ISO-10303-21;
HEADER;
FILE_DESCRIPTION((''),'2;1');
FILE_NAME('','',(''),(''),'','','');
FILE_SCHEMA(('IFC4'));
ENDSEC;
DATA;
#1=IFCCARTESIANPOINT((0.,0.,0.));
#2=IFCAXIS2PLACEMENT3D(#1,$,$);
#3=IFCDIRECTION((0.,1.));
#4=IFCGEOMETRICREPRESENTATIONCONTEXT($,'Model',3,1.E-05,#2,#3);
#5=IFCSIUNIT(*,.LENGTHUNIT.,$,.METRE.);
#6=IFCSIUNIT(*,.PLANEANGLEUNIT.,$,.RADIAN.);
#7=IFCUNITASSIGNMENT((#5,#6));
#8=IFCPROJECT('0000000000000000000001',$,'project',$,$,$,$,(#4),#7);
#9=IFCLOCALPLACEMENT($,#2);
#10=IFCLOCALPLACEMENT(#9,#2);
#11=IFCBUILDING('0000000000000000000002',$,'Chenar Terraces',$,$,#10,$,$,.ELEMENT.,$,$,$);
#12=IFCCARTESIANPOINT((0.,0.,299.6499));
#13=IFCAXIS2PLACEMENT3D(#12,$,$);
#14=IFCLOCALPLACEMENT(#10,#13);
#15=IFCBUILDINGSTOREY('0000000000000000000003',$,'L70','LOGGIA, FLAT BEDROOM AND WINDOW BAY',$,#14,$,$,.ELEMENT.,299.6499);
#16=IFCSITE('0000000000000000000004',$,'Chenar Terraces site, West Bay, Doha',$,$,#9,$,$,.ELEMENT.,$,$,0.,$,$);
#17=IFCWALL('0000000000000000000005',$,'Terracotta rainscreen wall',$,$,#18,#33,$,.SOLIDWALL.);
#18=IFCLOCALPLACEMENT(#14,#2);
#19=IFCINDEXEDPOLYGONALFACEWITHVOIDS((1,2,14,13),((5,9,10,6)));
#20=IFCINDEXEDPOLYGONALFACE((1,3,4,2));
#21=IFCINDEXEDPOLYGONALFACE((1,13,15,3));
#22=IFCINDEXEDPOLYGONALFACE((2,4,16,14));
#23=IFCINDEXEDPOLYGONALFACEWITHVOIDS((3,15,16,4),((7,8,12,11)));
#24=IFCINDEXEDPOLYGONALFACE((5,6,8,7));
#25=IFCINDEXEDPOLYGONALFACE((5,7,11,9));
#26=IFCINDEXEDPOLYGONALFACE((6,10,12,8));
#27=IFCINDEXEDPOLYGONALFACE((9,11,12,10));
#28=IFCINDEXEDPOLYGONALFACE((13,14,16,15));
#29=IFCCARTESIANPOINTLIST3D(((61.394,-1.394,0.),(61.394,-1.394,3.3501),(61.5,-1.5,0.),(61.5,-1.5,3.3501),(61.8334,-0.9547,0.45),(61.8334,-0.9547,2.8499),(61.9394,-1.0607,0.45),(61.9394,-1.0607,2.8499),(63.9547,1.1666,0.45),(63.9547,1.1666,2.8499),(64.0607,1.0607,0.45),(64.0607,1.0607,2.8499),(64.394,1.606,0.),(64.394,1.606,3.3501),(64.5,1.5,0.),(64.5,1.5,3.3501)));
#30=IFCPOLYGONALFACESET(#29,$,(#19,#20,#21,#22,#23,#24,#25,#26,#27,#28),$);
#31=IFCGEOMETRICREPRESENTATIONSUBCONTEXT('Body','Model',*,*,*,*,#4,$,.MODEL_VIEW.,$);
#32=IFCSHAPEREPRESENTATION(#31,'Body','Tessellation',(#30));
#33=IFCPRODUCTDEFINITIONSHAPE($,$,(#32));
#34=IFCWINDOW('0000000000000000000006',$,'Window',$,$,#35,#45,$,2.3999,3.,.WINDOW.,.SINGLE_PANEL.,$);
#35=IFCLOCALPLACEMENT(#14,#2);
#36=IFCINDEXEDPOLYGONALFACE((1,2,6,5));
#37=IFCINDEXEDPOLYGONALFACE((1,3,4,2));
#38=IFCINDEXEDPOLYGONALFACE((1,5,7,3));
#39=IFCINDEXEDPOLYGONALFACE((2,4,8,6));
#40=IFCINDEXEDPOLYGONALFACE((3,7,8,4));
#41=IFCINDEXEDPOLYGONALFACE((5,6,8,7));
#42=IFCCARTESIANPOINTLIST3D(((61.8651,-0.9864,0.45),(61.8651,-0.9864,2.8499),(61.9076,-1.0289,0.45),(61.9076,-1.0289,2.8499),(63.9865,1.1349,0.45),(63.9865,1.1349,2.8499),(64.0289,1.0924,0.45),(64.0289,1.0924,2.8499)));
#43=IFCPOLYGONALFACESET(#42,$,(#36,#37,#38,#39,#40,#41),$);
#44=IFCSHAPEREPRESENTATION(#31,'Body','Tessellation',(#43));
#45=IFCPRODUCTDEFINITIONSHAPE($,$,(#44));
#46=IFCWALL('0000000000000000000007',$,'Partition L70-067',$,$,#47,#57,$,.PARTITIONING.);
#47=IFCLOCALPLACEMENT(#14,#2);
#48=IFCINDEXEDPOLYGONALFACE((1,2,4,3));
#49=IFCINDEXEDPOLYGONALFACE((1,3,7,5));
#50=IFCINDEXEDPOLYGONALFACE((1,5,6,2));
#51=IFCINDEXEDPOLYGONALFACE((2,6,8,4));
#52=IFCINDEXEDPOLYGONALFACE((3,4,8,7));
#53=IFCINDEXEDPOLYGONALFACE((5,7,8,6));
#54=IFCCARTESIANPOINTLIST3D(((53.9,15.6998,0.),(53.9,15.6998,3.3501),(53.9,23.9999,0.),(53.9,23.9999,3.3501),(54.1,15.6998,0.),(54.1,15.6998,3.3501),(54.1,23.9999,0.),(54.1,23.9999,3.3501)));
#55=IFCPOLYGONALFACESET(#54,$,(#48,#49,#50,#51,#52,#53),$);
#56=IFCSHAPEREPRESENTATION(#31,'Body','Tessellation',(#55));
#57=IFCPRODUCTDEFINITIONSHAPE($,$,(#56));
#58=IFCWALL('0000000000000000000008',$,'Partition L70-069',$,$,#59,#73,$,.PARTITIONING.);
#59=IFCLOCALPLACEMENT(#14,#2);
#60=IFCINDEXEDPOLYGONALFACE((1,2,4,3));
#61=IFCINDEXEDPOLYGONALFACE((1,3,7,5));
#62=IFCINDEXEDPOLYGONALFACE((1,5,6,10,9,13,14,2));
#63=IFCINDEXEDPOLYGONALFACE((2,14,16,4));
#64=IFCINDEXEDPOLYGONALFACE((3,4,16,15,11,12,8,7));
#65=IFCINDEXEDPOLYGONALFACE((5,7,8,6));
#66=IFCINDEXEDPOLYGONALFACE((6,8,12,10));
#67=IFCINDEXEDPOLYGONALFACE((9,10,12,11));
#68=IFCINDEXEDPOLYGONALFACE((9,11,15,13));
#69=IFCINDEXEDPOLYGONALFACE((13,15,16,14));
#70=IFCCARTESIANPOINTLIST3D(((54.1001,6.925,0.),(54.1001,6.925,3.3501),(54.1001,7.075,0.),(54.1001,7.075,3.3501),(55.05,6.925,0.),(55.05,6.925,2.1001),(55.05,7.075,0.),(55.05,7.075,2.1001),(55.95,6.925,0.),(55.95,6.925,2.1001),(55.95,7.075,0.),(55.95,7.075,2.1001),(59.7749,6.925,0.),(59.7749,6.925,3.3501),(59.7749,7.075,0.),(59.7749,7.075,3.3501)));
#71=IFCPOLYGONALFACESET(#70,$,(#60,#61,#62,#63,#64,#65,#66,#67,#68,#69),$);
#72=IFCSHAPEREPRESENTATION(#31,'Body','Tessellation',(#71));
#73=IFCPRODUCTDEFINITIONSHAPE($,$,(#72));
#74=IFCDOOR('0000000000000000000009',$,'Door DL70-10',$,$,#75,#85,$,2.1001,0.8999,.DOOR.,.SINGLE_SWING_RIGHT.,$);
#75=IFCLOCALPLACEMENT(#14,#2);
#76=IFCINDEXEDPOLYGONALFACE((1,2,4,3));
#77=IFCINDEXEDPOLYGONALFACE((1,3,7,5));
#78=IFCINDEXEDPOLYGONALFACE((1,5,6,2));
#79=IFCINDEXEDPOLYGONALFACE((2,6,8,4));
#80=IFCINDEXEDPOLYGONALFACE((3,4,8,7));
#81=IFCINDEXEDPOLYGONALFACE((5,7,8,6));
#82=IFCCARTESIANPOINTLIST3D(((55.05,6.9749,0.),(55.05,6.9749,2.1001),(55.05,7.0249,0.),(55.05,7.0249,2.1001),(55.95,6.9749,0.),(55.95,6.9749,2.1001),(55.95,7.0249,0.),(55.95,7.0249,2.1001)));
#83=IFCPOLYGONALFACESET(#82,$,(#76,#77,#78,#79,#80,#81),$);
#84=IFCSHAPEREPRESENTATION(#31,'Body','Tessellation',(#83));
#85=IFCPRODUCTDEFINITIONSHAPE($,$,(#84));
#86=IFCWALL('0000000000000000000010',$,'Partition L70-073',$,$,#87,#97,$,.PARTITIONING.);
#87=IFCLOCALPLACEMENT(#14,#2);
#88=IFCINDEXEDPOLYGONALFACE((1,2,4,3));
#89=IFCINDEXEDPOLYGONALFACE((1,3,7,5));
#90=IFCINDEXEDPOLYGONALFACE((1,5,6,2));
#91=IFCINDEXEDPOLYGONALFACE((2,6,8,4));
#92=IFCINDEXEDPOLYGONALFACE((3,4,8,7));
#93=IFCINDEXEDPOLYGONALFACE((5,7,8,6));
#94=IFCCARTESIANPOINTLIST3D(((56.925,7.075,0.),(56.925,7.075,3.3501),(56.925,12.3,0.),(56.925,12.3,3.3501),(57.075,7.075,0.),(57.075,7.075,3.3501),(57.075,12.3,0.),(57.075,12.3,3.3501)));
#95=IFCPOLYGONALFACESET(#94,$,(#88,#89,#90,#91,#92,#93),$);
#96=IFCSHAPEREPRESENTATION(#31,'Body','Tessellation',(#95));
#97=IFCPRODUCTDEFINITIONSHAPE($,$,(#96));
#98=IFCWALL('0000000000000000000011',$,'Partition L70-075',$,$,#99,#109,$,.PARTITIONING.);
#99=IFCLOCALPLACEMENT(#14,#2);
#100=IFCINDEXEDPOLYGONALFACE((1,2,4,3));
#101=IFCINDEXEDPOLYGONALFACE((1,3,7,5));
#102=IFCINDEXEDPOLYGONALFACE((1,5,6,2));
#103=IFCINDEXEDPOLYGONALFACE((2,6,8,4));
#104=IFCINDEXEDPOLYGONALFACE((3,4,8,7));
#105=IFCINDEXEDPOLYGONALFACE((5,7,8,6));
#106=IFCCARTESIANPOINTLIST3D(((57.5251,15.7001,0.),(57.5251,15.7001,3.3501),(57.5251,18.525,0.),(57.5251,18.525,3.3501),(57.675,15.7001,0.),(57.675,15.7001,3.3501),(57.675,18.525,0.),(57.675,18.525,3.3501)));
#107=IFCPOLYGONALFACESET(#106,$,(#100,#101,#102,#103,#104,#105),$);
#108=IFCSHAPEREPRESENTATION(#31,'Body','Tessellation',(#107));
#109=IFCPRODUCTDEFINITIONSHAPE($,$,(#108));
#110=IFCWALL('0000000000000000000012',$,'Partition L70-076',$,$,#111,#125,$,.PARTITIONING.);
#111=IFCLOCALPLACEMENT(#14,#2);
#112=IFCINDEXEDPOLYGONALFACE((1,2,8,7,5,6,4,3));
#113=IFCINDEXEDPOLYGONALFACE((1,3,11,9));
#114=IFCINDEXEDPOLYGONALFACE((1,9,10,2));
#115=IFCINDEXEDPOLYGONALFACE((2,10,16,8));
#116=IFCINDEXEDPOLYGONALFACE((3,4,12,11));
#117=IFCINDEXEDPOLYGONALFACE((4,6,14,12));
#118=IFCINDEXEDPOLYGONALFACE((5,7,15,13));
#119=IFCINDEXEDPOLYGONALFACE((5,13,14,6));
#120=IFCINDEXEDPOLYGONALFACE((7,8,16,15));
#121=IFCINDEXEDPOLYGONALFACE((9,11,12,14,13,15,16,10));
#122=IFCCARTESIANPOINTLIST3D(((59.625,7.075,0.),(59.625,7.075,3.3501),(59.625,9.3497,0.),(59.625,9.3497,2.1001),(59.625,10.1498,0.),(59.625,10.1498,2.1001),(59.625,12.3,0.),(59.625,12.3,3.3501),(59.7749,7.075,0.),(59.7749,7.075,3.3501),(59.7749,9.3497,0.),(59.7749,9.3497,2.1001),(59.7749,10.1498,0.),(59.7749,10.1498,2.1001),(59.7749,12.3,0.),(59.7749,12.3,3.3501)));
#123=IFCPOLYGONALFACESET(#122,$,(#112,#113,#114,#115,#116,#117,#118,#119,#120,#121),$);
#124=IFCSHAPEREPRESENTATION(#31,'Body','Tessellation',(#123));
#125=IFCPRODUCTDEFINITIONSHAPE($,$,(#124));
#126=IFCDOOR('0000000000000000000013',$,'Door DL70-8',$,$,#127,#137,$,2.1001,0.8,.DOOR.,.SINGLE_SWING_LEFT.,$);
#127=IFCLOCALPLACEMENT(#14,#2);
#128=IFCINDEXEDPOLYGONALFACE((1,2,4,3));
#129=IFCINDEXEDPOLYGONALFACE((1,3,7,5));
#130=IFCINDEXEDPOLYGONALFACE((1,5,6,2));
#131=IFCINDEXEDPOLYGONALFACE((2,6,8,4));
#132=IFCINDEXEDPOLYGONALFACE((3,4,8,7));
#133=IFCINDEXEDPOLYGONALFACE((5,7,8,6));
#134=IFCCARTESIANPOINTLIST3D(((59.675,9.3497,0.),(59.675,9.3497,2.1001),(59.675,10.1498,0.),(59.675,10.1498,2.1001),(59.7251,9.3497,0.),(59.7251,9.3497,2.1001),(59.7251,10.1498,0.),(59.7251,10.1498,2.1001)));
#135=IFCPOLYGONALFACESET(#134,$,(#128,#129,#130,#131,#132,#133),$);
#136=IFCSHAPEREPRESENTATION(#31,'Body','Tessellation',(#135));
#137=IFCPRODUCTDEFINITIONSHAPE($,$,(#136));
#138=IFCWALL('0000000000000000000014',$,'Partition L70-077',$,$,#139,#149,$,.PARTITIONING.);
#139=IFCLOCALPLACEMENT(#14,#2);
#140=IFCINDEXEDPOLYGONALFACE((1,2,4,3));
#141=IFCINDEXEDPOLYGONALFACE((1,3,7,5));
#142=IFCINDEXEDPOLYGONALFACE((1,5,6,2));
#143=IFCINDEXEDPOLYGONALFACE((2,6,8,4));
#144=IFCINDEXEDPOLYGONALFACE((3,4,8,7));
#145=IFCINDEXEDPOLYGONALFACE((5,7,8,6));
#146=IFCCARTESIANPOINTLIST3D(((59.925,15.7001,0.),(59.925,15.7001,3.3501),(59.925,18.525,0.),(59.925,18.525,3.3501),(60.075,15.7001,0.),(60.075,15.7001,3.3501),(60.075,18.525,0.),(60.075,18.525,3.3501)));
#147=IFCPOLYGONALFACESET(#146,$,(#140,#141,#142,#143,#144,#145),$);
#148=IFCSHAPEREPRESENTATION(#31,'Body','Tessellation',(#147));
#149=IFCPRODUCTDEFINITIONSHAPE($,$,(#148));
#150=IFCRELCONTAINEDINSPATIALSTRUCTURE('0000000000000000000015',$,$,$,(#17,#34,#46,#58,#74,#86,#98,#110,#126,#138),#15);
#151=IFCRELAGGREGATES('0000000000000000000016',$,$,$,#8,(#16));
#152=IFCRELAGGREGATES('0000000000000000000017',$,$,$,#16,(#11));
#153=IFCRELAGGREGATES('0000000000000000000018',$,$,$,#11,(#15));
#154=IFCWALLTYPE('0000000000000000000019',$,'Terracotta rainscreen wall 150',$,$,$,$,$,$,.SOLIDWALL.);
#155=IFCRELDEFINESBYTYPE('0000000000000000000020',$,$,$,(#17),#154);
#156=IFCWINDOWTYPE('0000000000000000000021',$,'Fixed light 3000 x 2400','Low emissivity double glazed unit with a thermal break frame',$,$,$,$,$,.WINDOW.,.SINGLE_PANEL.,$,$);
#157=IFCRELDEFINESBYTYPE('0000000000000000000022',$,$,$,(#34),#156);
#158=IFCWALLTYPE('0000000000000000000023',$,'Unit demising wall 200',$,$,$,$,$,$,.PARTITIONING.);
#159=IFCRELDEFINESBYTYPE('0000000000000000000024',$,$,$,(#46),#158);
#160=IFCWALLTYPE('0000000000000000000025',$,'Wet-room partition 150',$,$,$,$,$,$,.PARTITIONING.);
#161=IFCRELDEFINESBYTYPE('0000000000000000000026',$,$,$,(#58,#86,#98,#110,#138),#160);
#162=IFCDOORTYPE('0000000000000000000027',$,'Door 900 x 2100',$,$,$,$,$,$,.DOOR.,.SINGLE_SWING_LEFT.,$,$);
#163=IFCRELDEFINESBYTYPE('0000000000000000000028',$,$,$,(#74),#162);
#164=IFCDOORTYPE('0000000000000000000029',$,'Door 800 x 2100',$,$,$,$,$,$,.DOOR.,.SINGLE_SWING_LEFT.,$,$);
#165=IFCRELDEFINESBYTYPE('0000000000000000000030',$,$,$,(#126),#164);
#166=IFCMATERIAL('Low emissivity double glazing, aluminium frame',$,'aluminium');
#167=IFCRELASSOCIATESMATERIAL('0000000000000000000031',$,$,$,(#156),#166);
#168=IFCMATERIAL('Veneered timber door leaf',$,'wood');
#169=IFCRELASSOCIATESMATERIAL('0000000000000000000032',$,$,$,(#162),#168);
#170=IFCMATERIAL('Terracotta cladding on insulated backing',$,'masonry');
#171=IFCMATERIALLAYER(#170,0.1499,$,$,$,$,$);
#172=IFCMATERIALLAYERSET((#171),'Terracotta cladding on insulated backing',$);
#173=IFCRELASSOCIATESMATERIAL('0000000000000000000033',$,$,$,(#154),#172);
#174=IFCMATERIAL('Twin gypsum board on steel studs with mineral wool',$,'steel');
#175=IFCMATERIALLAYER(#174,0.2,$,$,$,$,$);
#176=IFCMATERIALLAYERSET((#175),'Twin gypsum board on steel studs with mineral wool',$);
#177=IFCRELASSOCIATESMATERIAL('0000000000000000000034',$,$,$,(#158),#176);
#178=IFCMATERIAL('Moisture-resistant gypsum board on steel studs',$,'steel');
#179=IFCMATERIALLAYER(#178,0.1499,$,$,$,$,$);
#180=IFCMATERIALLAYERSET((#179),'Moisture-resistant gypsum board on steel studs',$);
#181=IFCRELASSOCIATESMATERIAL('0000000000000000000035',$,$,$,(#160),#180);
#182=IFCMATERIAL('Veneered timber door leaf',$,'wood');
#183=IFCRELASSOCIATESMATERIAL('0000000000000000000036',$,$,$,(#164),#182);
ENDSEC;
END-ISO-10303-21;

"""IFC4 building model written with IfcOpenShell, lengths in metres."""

from ifc_helpers import new_model, si_unit, direction, frame, frame_2d, origin, place, context, subcontext, project, spatial, rectangle, extrude, material, layer, layer_set, type_object, element, fill, save


model = new_model("IFC4")

# Units and contexts
model_context = context("Model", 3, precision=1e-05, world=origin(), true_north=direction((0.0, 1.0)))
body_context = subcontext(model_context, "Body", "Model", "MODEL_VIEW")
ifc_project = project(units=[si_unit("LENGTHUNIT", "METRE"), si_unit("PLANEANGLEUNIT", "RADIAN")], contexts=[model_context])

# Site, building, storey
site_placement = place(None, origin())
site = spatial("IfcSite", under=ifc_project, at=site_placement, Name="Chenar Terraces site, West Bay, Doha", CompositionType="ELEMENT", RefElevation=0.0)
building_placement = place(site_placement, origin())
building = spatial("IfcBuilding", under=site, at=building_placement, Name="Chenar Terraces", CompositionType="ELEMENT")
storey_placement = place(building_placement, frame((0.0, 0.0, 299.6499)))
storey = spatial("IfcBuildingStorey", under=building, at=storey_placement, Name="L70", Description="LOGGIA, FLAT BEDROOM AND WINDOW BAY", CompositionType="ELEMENT", Elevation=299.6499)

# Shared definitions
ifc_material_1 = material(Name="Low emissivity double glazing, aluminium frame", Category="aluminium")
window_type = type_object("IfcWindowType", Name="Fixed light 3000 x 2400", Description="Low emissivity double glazed unit with a thermal break frame", PartitioningType="SINGLE_PANEL", PredefinedType="WINDOW", material=ifc_material_1)

# Shared definitions
ifc_material_2 = material(Name="Veneered timber door leaf", Category="wood")
door_type_1 = type_object("IfcDoorType", Name="Door 900 x 2100", OperationType="SINGLE_SWING_LEFT", PredefinedType="DOOR", material=ifc_material_2)

# Wall, opening, window
ifc_material_3 = material(Name="Terracotta cladding on insulated backing", Category="masonry")
ifc_layer_1 = layer(ifc_material_3, 0.1499)
ifc_layer_set_1 = layer_set([ifc_layer_1], Name="Terracotta cladding on insulated backing")
wall_type_1 = type_object("IfcWallType", Name="Terracotta rainscreen wall 150", PredefinedType="SOLIDWALL", material=ifc_layer_set_1)
wall_1_placement = place(storey_placement, frame((61.447, -1.447, 0.0), z_axis=(0.0, 0.0, 1.0), x_axis=(0.707107, 0.707107, 0.0)))
wall_1 = element("IfcWall", 1, at=wall_1_placement, inside=storey, type_object=wall_type_1, Name="Terracotta rainscreen wall", PredefinedType="SOLIDWALL", context=body_context, shape_type="SweptSolid", body=[
    extrude(rectangle(XDim=4.2427, YDim=0.1499, at=frame_2d((2.1213, 0.0))), origin(), (0.0, 0.0, 1.0), 3.3501),
])
opening_1_placement = place(wall_1_placement, frame((0.6213, 0.0, 0.45)))
opening_1 = element("IfcOpeningElement", 2, at=opening_1_placement, cuts=wall_1, PredefinedType="OPENING", context=body_context, shape_type="SweptSolid", body=[
    extrude(rectangle(XDim=3.0, YDim=2.3999, at=frame_2d((1.5, 1.2))), frame((0.0, 0.085, 0.0), z_axis=(0.0, -1.0, 0.0), x_axis=(1.0, 0.0, 0.0)), (0.0, 0.0, 1.0), 0.1699),
])
window_1_placement = place(opening_1_placement, origin())
window_1 = element("IfcWindow", 3, at=window_1_placement, inside=storey, type_object=window_type, Name="Window", OverallHeight=2.3999, OverallWidth=3.0, PartitioningType="SINGLE_PANEL", PredefinedType="WINDOW", context=body_context, shape_type="SweptSolid", body=[
    extrude(rectangle(XDim=3.0, YDim=2.3999, at=frame_2d((1.5, 1.2))), frame((0.0, 0.03, 0.0), z_axis=(0.0, -1.0, 0.0), x_axis=(1.0, 0.0, 0.0)), (0.0, 0.0, 1.0), 0.0601),
])
fill(opening_1, window_1)

# Wall
ifc_material_4 = material(Name="Twin gypsum board on steel studs with mineral wool", Category="steel")
ifc_layer_2 = layer(ifc_material_4, 0.2)
ifc_layer_set_2 = layer_set([ifc_layer_2], Name="Twin gypsum board on steel studs with mineral wool")
wall_type_2 = type_object("IfcWallType", Name="Unit demising wall 200", PredefinedType="PARTITIONING", material=ifc_layer_set_2)
wall_2_placement = place(storey_placement, frame((54.0, 15.7, 0.0), z_axis=(0.0, 0.0, 1.0), x_axis=(0.0, 1.0, 0.0)))
element("IfcWall", 4, at=wall_2_placement, inside=storey, type_object=wall_type_2, Name="Partition L70-067", PredefinedType="PARTITIONING", context=body_context, shape_type="SweptSolid", body=[
    extrude(rectangle(XDim=8.3, YDim=0.2, at=frame_2d((4.1499, 0.0))), origin(), (0.0, 0.0, 1.0), 3.3501),
])

# Wall, opening, door
ifc_material_5 = material(Name="Moisture-resistant gypsum board on steel studs", Category="steel")
ifc_layer_3 = layer(ifc_material_5, 0.1499)
ifc_layer_set_3 = layer_set([ifc_layer_3], Name="Moisture-resistant gypsum board on steel studs")
wall_type_3 = type_object("IfcWallType", Name="Wet-room partition 150", PredefinedType="PARTITIONING", material=ifc_layer_set_3)
wall_3_placement = place(storey_placement, frame((54.1001, 7.0, 0.0), z_axis=(0.0, 0.0, 1.0), x_axis=(1.0, 0.0, 0.0)))
wall_3 = element("IfcWall", 5, at=wall_3_placement, inside=storey, type_object=wall_type_3, Name="Partition L70-069", PredefinedType="PARTITIONING", context=body_context, shape_type="SweptSolid", body=[
    extrude(rectangle(XDim=5.6748, YDim=0.1499, at=frame_2d((2.8374, 0.0))), origin(), (0.0, 0.0, 1.0), 3.3501),
])
opening_2_placement = place(wall_3_placement, frame((0.95, 0.0, 0.0)))
opening_2 = element("IfcOpeningElement", 6, at=opening_2_placement, cuts=wall_3, PredefinedType="OPENING", context=body_context, shape_type="SweptSolid", body=[
    extrude(rectangle(XDim=0.8999, YDim=2.1001, at=frame_2d((0.45, 1.05))), frame((0.0, 0.085, 0.0), z_axis=(0.0, -1.0, 0.0), x_axis=(1.0, 0.0, 0.0)), (0.0, 0.0, 1.0), 0.1699),
])
door_1_placement = place(opening_2_placement, origin())
door_1 = element("IfcDoor", 7, at=door_1_placement, inside=storey, type_object=door_type_1, Name="Door DL70-10", OperationType="SINGLE_SWING_RIGHT", OverallHeight=2.1001, OverallWidth=0.8999, PredefinedType="DOOR", context=body_context, shape_type="SweptSolid", body=[
    extrude(rectangle(XDim=0.8999, YDim=2.1001, at=frame_2d((0.45, 1.05))), frame((0.0, 0.0249, 0.0), z_axis=(0.0, -1.0, 0.0), x_axis=(1.0, 0.0, 0.0)), (0.0, 0.0, 1.0), 0.05),
])
fill(opening_2, door_1)

# Walls
wall_4_placement = place(storey_placement, frame((57.0, 7.075, 0.0), z_axis=(0.0, 0.0, 1.0), x_axis=(0.0, 1.0, 0.0)))
element("IfcWall", 8, at=wall_4_placement, inside=storey, type_object=wall_type_3, Name="Partition L70-073", PredefinedType="PARTITIONING", context=body_context, shape_type="SweptSolid", body=[
    extrude(rectangle(XDim=5.2251, YDim=0.1499, at=frame_2d((2.6125, 0.0))), origin(), (0.0, 0.0, 1.0), 3.3501),
])
wall_5_placement = place(storey_placement, frame((57.6001, 15.7, 0.0), z_axis=(0.0, 0.0, 1.0), x_axis=(0.0, 1.0, 0.0)))
element("IfcWall", 9, at=wall_5_placement, inside=storey, type_object=wall_type_3, Name="Partition L70-075", PredefinedType="PARTITIONING", context=body_context, shape_type="SweptSolid", body=[
    extrude(rectangle(XDim=2.825, YDim=0.1499, at=frame_2d((1.4126, 0.0))), origin(), (0.0, 0.0, 1.0), 3.3501),
])

# Wall, opening, door
wall_6_placement = place(storey_placement, frame((59.7, 7.075, 0.0), z_axis=(0.0, 0.0, 1.0), x_axis=(0.0, 1.0, 0.0)))
wall_6 = element("IfcWall", 10, at=wall_6_placement, inside=storey, type_object=wall_type_3, Name="Partition L70-076", PredefinedType="PARTITIONING", context=body_context, shape_type="SweptSolid", body=[
    extrude(rectangle(XDim=5.2251, YDim=0.1499, at=frame_2d((2.6125, 0.0))), origin(), (0.0, 0.0, 1.0), 3.3501),
])
opening_3_placement = place(wall_6_placement, frame((2.2749, 0.0, 0.0)))
opening_3 = element("IfcOpeningElement", 11, at=opening_3_placement, cuts=wall_6, PredefinedType="OPENING", context=body_context, shape_type="SweptSolid", body=[
    extrude(rectangle(XDim=0.8, YDim=2.1001, at=frame_2d((0.3999, 1.05))), frame((0.0, 0.085, 0.0), z_axis=(0.0, -1.0, 0.0), x_axis=(1.0, 0.0, 0.0)), (0.0, 0.0, 1.0), 0.1699),
])
ifc_material_6 = material(Name="Veneered timber door leaf", Category="wood")
door_type_2 = type_object("IfcDoorType", Name="Door 800 x 2100", OperationType="SINGLE_SWING_LEFT", PredefinedType="DOOR", material=ifc_material_6)
door_2_placement = place(opening_3_placement, origin())
door_2 = element("IfcDoor", 12, at=door_2_placement, inside=storey, type_object=door_type_2, Name="Door DL70-8", OperationType="SINGLE_SWING_LEFT", OverallHeight=2.1001, OverallWidth=0.8, PredefinedType="DOOR", context=body_context, shape_type="SweptSolid", body=[
    extrude(rectangle(XDim=0.8, YDim=2.1001, at=frame_2d((0.3999, 1.05))), frame((0.0, 0.0249, 0.0), z_axis=(0.0, -1.0, 0.0), x_axis=(1.0, 0.0, 0.0)), (0.0, 0.0, 1.0), 0.05),
])
fill(opening_3, door_2)

# Wall
wall_7_placement = place(storey_placement, frame((60.0, 15.7, 0.0), z_axis=(0.0, 0.0, 1.0), x_axis=(0.0, 1.0, 0.0)))
element("IfcWall", 13, at=wall_7_placement, inside=storey, type_object=wall_type_3, Name="Partition L70-077", PredefinedType="PARTITIONING", context=body_context, shape_type="SweptSolid", body=[
    extrude(rectangle(XDim=2.825, YDim=0.1499, at=frame_2d((1.4126, 0.0))), origin(), (0.0, 0.0, 1.0), 3.3501),
])

save(model, "model.ifc")
